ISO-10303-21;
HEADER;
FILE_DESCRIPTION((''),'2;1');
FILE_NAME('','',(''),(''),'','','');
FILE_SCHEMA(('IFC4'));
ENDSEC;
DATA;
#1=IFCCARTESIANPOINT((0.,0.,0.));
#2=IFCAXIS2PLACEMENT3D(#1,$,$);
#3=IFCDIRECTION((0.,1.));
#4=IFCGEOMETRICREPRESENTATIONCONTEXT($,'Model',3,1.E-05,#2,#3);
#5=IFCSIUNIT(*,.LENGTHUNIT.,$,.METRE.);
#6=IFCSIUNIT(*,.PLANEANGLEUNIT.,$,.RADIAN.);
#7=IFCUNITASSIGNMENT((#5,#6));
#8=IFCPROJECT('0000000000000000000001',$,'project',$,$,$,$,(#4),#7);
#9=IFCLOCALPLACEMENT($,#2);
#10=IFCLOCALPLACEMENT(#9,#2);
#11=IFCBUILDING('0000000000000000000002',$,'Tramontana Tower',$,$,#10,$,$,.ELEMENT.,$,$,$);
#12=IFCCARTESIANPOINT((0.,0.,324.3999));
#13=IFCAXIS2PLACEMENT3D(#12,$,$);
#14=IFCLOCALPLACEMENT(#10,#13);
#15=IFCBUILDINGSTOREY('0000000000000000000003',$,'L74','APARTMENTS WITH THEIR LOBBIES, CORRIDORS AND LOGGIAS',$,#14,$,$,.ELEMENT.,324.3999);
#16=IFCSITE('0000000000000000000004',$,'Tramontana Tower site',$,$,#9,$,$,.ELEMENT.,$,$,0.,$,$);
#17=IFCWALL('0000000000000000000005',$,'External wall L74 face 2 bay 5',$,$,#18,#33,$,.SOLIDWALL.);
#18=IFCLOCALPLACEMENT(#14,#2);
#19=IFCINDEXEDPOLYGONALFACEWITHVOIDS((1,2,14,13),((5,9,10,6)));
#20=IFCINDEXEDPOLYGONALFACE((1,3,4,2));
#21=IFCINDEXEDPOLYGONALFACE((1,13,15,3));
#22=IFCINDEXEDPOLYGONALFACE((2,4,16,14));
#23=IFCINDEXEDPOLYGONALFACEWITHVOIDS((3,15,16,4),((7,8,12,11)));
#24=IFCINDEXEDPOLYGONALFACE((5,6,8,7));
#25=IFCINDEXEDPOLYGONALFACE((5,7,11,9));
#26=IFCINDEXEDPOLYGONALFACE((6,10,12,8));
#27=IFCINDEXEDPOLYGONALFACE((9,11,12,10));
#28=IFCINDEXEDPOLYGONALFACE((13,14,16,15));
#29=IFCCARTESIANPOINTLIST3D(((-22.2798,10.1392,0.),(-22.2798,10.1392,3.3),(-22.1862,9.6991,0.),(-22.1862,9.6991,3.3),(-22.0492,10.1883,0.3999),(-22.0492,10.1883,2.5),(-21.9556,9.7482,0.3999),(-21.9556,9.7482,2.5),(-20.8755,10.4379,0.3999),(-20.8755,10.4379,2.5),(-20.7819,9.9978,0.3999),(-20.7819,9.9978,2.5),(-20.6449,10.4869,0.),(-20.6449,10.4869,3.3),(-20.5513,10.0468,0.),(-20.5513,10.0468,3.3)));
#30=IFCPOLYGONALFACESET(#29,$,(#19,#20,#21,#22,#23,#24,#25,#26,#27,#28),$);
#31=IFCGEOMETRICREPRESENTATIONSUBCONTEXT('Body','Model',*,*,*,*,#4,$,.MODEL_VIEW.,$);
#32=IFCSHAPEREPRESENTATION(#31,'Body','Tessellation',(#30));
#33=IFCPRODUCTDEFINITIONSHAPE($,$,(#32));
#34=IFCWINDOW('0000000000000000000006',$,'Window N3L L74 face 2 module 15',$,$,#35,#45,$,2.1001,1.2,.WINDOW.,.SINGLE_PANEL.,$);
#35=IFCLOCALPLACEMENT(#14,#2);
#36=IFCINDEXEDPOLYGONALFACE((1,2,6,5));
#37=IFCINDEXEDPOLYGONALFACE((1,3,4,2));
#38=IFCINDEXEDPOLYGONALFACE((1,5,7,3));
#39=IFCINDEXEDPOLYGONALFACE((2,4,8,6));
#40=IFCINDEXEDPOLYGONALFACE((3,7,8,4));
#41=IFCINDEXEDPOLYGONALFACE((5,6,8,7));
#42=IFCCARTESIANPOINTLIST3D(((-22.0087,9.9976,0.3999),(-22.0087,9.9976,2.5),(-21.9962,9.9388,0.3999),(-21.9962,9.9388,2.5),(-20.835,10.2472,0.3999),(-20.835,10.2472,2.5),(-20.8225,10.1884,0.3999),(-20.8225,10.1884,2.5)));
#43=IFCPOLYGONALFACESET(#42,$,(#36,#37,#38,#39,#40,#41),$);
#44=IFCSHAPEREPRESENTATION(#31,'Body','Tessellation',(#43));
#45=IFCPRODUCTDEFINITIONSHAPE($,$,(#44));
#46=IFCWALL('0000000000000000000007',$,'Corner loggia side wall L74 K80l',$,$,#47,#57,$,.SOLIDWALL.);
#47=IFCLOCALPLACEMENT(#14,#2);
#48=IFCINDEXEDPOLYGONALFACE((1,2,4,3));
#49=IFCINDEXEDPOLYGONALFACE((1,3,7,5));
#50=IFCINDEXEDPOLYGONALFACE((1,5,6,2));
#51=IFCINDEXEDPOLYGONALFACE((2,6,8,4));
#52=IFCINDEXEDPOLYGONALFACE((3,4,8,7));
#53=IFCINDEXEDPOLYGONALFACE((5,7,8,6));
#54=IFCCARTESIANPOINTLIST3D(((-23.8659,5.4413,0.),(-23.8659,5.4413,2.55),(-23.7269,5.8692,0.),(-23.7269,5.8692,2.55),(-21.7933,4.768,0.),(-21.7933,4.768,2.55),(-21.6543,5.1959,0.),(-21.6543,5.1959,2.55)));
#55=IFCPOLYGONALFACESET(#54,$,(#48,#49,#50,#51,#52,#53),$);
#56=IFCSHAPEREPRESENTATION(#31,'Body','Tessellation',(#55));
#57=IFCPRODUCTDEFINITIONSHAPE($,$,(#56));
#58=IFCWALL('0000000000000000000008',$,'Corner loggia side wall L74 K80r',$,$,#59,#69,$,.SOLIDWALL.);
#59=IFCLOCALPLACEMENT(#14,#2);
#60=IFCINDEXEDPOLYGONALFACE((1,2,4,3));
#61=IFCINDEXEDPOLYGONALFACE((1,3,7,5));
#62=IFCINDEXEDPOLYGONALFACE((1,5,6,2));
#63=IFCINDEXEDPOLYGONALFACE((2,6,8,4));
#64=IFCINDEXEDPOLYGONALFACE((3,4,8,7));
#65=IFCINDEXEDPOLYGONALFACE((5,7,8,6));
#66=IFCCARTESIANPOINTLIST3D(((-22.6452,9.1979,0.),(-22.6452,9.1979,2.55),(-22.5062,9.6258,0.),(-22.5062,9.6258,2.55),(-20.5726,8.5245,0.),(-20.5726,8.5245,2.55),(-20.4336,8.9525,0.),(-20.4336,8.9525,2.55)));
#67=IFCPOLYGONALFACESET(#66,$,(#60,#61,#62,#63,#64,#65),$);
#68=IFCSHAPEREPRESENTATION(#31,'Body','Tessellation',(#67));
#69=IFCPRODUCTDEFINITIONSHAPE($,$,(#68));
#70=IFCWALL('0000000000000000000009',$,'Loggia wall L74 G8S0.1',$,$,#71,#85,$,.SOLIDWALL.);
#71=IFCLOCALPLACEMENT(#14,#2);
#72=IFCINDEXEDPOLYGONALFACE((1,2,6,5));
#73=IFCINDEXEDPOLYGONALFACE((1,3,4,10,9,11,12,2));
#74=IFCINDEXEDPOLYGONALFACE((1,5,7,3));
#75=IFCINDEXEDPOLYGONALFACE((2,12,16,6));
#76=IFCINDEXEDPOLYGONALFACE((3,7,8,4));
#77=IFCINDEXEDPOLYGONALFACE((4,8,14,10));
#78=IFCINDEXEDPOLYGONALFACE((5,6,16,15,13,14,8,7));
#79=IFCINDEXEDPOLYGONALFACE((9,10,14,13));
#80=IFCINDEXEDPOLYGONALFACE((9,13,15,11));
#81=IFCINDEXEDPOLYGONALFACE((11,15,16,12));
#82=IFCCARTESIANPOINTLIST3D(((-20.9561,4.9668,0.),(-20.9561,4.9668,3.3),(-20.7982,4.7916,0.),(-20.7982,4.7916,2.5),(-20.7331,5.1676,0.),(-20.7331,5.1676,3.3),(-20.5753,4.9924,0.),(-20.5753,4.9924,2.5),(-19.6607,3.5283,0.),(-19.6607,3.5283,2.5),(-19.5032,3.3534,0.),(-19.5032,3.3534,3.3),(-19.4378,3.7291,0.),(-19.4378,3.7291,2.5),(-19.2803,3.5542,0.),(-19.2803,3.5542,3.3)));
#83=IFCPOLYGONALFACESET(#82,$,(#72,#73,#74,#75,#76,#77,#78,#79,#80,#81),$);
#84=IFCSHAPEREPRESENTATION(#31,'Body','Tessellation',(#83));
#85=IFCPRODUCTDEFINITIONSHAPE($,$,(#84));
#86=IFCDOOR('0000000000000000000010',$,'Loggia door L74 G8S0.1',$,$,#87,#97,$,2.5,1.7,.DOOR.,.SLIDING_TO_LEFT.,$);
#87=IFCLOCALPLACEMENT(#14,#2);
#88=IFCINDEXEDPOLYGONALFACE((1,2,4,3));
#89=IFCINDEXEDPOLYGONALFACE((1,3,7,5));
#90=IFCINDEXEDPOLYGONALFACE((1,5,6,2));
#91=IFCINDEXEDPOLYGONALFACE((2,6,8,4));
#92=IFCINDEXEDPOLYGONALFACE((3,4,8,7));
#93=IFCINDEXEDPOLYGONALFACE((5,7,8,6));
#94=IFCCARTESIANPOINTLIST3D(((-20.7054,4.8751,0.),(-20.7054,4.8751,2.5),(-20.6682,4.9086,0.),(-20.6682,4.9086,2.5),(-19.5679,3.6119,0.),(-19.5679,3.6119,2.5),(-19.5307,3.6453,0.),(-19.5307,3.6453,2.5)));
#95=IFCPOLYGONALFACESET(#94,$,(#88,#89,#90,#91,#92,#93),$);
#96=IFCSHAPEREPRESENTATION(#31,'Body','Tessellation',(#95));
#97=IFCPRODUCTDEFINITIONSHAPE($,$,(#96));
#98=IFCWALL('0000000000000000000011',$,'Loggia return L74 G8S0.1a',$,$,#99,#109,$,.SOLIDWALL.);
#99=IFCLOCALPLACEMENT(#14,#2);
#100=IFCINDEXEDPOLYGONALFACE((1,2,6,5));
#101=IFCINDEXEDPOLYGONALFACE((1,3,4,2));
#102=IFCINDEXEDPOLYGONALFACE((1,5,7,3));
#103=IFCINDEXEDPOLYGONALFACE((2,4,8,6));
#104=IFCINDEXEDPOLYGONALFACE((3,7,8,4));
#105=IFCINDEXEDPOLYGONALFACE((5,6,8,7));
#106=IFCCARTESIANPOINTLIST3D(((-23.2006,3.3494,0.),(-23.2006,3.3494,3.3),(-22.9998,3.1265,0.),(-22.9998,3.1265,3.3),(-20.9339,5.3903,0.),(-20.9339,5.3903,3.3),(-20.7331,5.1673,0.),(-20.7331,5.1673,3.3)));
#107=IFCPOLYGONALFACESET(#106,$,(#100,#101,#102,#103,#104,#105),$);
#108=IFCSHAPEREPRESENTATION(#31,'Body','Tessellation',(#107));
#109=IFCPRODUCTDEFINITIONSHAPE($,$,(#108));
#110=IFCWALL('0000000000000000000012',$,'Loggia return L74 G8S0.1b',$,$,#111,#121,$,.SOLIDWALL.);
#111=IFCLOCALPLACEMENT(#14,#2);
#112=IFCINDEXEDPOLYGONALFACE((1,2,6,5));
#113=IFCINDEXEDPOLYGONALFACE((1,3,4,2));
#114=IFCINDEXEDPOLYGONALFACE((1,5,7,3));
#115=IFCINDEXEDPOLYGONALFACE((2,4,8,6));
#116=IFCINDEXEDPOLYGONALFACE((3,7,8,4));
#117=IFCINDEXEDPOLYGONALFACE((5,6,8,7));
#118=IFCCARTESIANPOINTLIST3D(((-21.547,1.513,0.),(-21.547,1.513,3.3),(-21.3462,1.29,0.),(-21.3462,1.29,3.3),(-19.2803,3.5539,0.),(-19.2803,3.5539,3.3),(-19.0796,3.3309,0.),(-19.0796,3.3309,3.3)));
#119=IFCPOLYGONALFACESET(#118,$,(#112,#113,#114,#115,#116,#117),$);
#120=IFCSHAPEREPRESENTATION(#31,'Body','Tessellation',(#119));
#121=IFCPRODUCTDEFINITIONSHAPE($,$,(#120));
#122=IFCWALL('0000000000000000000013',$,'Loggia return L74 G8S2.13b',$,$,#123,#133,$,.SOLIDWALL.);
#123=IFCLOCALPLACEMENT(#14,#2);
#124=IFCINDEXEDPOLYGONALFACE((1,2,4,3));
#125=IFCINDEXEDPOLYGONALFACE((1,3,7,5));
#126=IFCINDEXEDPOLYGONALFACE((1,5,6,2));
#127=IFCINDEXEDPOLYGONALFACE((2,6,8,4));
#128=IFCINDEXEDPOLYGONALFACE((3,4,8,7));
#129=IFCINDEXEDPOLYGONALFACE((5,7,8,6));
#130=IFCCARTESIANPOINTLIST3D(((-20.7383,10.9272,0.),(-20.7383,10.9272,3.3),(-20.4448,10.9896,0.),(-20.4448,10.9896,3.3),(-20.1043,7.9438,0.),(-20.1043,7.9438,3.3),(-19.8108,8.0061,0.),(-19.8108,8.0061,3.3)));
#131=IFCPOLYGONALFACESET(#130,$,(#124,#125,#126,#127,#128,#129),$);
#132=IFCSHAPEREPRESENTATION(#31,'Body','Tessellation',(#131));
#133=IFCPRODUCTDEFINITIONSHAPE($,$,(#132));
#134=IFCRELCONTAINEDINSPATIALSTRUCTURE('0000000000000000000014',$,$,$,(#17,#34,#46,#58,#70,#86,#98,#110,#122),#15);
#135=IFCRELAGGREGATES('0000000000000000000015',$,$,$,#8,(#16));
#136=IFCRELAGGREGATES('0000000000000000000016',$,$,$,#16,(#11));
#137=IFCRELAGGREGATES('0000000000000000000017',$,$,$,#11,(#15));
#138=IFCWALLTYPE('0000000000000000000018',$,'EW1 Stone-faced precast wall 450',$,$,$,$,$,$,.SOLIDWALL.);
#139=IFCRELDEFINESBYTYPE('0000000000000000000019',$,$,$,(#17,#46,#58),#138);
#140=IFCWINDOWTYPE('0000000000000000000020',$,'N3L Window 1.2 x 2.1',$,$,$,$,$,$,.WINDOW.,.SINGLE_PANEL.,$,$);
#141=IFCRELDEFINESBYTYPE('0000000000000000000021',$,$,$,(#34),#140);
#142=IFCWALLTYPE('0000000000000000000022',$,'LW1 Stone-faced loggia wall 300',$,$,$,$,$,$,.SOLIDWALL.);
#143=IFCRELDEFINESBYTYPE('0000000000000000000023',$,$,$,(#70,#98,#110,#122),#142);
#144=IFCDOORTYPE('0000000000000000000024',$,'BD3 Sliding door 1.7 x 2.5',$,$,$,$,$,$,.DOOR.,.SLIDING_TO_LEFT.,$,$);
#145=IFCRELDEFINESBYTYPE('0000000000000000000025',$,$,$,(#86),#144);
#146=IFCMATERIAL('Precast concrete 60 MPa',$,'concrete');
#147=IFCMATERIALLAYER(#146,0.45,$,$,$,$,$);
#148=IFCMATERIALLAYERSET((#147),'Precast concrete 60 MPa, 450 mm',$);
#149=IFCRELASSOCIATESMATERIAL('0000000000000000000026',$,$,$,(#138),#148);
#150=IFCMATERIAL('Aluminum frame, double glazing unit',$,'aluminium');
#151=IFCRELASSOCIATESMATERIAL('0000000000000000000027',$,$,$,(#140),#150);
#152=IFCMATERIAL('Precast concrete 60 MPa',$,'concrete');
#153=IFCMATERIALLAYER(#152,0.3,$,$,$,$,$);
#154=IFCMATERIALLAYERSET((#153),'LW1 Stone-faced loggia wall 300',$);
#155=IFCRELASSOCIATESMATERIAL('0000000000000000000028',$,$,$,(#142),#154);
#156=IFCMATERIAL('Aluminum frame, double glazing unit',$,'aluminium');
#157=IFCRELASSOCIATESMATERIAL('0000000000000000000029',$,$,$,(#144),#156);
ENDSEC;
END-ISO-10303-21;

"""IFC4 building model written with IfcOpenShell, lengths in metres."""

from ifc_helpers import new_model, si_unit, direction, frame, frame_2d, origin, place, context, subcontext, project, spatial, rectangle, extrude, material, layer, layer_set, type_object, element, fill, save


model = new_model("IFC4")

# Units and contexts
model_context = context("Model", 3, precision=1e-05, world=origin(), true_north=direction((0.0, 1.0)))
body_context = subcontext(model_context, "Body", "Model", "MODEL_VIEW")
ifc_project = project(units=[si_unit("LENGTHUNIT", "METRE"), si_unit("PLANEANGLEUNIT", "RADIAN")], contexts=[model_context])

# Site, building, storey
site_placement = place(None, origin())
site = spatial("IfcSite", under=ifc_project, at=site_placement, Name="Tramontana Tower site", CompositionType="ELEMENT", RefElevation=0.0)
building_placement = place(site_placement, origin())
building = spatial("IfcBuilding", under=site, at=building_placement, Name="Tramontana Tower", CompositionType="ELEMENT")
storey_placement = place(building_placement, frame((0.0, 0.0, 324.3999)))
storey = spatial("IfcBuildingStorey", under=building, at=storey_placement, Name="L74", Description="APARTMENTS WITH THEIR LOBBIES, CORRIDORS AND LOGGIAS", CompositionType="ELEMENT", Elevation=324.3999)

# Wall, opening, window
ifc_material_1 = material(Name="Precast concrete 60 MPa", Category="concrete")
ifc_layer_1 = layer(ifc_material_1, 0.45)
ifc_layer_set_1 = layer_set([ifc_layer_1], Name="Precast concrete 60 MPa, 450 mm")
wall_type_1 = type_object("IfcWallType", Name="EW1 Stone-faced precast wall 450", PredefinedType="SOLIDWALL", material=ifc_layer_set_1)
ifc_material_2 = material(Name="Aluminum frame, double glazing unit", Category="aluminium")
window_type_1 = type_object("IfcWindowType", Name="N3L Window 1.2 x 2.1", PartitioningType="SINGLE_PANEL", PredefinedType="WINDOW", material=ifc_material_2)
wall_1_placement = place(storey_placement, frame((-20.5981, 10.2668, 0.0), z_axis=(0.0, 0.0, 1.0), x_axis=(-0.978126, -0.208012, 0.0)))
wall_1 = element("IfcWall", 1, at=wall_1_placement, inside=storey, type_object=wall_type_1, Name="External wall L74 face 2 bay 5", PredefinedType="SOLIDWALL", context=body_context, shape_type="SweptSolid", body=[
    extrude(rectangle(XDim=1.6714, YDim=0.45, at=frame_2d((0.8357, 0.0))), origin(), (0.0, 0.0, 1.0), 3.3),
])
opening_1_placement = place(wall_1_placement, frame((0.2356, 0.0, 0.3999)))
opening_1 = element("IfcOpeningElement", 2, at=opening_1_placement, cuts=wall_1, PredefinedType="OPENING", context=body_context, shape_type="SweptSolid", body=[
    extrude(rectangle(XDim=1.2, YDim=2.1001, at=frame_2d((0.6001, 1.05))), frame((0.0, 0.2349, 0.0), z_axis=(0.0, -1.0, 0.0), x_axis=(1.0, 0.0, 0.0)), (0.0, 0.0, 1.0), 0.47),
])
window_1_placement = place(opening_1_placement, origin())
window_1 = element("IfcWindow", 3, at=window_1_placement, inside=storey, type_object=window_type_1, Name="Window N3L L74 face 2 module 15", OverallHeight=2.1001, OverallWidth=1.2, PartitioningType="SINGLE_PANEL", PredefinedType="WINDOW", context=body_context, shape_type="SweptSolid", body=[
    extrude(rectangle(XDim=1.2, YDim=2.1001, at=frame_2d((0.6001, 1.05))), frame((0.0, 0.03, 0.0), z_axis=(0.0, -1.0, 0.0), x_axis=(1.0, 0.0, 0.0)), (0.0, 0.0, 1.0), 0.0601),
])
fill(opening_1, window_1)

# Walls
for number, where, z_axis, x_axis, name in (
    (4, (-23.7964, 5.6553, 0.0), (0.0, 0.0, 1.0), (0.951065, -0.308992, 0.0), "Corner loggia side wall L74 K80l"),
    (5, (-22.5757, 9.4119, 0.0), (0.0, 0.0, 1.0), (0.951065, -0.308992, 0.0), "Corner loggia side wall L74 K80r"),
):
    element("IfcWall", number, at=place(storey_placement, frame(where, z_axis=z_axis, x_axis=x_axis)), inside=storey, type_object=wall_type_1, Name=name, PredefinedType="SOLIDWALL", context=body_context, shape_type="SweptSolid", body=[
        extrude(rectangle(XDim=2.1792, YDim=0.45, at=frame_2d((1.0896, 0.0))), origin(), (0.0, 0.0, 1.0), 2.55),
    ])

# Wall, opening, door
ifc_material_3 = material(Name="Precast concrete 60 MPa", Category="concrete")
ifc_layer_2 = layer(ifc_material_3, 0.3)
ifc_layer_set_2 = layer_set([ifc_layer_2], Name="LW1 Stone-faced loggia wall 300")
wall_type_2 = type_object("IfcWallType", Name="LW1 Stone-faced loggia wall 300", PredefinedType="SOLIDWALL", material=ifc_layer_set_2)
wall_2_placement = place(storey_placement, frame((-20.8445, 5.0671, 0.0), z_axis=(0.0, 0.0, 1.0), x_axis=(0.669145, -0.743132, 0.0)))
wall_2 = element("IfcWall", 6, at=wall_2_placement, inside=storey, type_object=wall_type_2, Name="Loggia wall L74 G8S0.1", PredefinedType="SOLIDWALL", context=body_context, shape_type="SweptSolid", body=[
    extrude(rectangle(XDim=2.1711, YDim=0.3, at=frame_2d((1.0854, 0.0))), origin(), (0.0, 0.0, 1.0), 3.3),
])
opening_2_placement = place(wall_2_placement, frame((0.2356, 0.0, 0.0)))
opening_2 = element("IfcOpeningElement", 7, at=opening_2_placement, cuts=wall_2, PredefinedType="OPENING", context=body_context, shape_type="SweptSolid", body=[
    extrude(rectangle(XDim=1.7, YDim=2.5, at=frame_2d((0.8501, 1.25))), frame((0.0, 0.1599, 0.0), z_axis=(0.0, -1.0, 0.0), x_axis=(1.0, 0.0, 0.0)), (0.0, 0.0, 1.0), 0.3201),
])
ifc_material_4 = material(Name="Aluminum frame, double glazing unit", Category="aluminium")
door_type_1 = type_object("IfcDoorType", Name="BD3 Sliding door 1.7 x 2.5", OperationType="SLIDING_TO_LEFT", PredefinedType="DOOR", material=ifc_material_4)
door_1_placement = place(opening_2_placement, origin())
door_1 = element("IfcDoor", 8, at=door_1_placement, inside=storey, type_object=door_type_1, Name="Loggia door L74 G8S0.1", OperationType="SLIDING_TO_LEFT", OverallHeight=2.5, OverallWidth=1.7, PredefinedType="DOOR", context=body_context, shape_type="SweptSolid", body=[
    extrude(rectangle(XDim=1.7, YDim=2.5, at=frame_2d((0.8501, 1.25))), frame((0.0, 0.0249, 0.0), z_axis=(0.0, -1.0, 0.0), x_axis=(1.0, 0.0, 0.0)), (0.0, 0.0, 1.0), 0.05),
])
fill(opening_2, door_1)

# Walls
for number, where, z_axis, x_axis, name in (
    (9, (-23.1001, 3.238, 0.0), (0.0, 0.0, 1.0), (0.743159, 0.669115, 0.0), "Loggia return L74 G8S0.1a"),
    (10, (-21.4465, 1.4016, 0.0), (0.0, 0.0, 1.0), (0.743159, 0.669115, 0.0), "Loggia return L74 G8S0.1b"),
    (11, (-20.5916, 10.9583, 0.0), (0.0, 0.0, 1.0), (0.207878, -0.978155, 0.0), "Loggia return L74 G8S2.13b"),
):
    element("IfcWall", number, at=place(storey_placement, frame(where, z_axis=z_axis, x_axis=x_axis)), inside=storey, type_object=wall_type_2, Name=name, PredefinedType="SOLIDWALL", context=body_context, shape_type="SweptSolid", body=[
        extrude(rectangle(XDim=3.05, YDim=0.3, at=frame_2d((1.5249, 0.0))), origin(), (0.0, 0.0, 1.0), 3.3),
    ])

save(model, "model.ifc")
